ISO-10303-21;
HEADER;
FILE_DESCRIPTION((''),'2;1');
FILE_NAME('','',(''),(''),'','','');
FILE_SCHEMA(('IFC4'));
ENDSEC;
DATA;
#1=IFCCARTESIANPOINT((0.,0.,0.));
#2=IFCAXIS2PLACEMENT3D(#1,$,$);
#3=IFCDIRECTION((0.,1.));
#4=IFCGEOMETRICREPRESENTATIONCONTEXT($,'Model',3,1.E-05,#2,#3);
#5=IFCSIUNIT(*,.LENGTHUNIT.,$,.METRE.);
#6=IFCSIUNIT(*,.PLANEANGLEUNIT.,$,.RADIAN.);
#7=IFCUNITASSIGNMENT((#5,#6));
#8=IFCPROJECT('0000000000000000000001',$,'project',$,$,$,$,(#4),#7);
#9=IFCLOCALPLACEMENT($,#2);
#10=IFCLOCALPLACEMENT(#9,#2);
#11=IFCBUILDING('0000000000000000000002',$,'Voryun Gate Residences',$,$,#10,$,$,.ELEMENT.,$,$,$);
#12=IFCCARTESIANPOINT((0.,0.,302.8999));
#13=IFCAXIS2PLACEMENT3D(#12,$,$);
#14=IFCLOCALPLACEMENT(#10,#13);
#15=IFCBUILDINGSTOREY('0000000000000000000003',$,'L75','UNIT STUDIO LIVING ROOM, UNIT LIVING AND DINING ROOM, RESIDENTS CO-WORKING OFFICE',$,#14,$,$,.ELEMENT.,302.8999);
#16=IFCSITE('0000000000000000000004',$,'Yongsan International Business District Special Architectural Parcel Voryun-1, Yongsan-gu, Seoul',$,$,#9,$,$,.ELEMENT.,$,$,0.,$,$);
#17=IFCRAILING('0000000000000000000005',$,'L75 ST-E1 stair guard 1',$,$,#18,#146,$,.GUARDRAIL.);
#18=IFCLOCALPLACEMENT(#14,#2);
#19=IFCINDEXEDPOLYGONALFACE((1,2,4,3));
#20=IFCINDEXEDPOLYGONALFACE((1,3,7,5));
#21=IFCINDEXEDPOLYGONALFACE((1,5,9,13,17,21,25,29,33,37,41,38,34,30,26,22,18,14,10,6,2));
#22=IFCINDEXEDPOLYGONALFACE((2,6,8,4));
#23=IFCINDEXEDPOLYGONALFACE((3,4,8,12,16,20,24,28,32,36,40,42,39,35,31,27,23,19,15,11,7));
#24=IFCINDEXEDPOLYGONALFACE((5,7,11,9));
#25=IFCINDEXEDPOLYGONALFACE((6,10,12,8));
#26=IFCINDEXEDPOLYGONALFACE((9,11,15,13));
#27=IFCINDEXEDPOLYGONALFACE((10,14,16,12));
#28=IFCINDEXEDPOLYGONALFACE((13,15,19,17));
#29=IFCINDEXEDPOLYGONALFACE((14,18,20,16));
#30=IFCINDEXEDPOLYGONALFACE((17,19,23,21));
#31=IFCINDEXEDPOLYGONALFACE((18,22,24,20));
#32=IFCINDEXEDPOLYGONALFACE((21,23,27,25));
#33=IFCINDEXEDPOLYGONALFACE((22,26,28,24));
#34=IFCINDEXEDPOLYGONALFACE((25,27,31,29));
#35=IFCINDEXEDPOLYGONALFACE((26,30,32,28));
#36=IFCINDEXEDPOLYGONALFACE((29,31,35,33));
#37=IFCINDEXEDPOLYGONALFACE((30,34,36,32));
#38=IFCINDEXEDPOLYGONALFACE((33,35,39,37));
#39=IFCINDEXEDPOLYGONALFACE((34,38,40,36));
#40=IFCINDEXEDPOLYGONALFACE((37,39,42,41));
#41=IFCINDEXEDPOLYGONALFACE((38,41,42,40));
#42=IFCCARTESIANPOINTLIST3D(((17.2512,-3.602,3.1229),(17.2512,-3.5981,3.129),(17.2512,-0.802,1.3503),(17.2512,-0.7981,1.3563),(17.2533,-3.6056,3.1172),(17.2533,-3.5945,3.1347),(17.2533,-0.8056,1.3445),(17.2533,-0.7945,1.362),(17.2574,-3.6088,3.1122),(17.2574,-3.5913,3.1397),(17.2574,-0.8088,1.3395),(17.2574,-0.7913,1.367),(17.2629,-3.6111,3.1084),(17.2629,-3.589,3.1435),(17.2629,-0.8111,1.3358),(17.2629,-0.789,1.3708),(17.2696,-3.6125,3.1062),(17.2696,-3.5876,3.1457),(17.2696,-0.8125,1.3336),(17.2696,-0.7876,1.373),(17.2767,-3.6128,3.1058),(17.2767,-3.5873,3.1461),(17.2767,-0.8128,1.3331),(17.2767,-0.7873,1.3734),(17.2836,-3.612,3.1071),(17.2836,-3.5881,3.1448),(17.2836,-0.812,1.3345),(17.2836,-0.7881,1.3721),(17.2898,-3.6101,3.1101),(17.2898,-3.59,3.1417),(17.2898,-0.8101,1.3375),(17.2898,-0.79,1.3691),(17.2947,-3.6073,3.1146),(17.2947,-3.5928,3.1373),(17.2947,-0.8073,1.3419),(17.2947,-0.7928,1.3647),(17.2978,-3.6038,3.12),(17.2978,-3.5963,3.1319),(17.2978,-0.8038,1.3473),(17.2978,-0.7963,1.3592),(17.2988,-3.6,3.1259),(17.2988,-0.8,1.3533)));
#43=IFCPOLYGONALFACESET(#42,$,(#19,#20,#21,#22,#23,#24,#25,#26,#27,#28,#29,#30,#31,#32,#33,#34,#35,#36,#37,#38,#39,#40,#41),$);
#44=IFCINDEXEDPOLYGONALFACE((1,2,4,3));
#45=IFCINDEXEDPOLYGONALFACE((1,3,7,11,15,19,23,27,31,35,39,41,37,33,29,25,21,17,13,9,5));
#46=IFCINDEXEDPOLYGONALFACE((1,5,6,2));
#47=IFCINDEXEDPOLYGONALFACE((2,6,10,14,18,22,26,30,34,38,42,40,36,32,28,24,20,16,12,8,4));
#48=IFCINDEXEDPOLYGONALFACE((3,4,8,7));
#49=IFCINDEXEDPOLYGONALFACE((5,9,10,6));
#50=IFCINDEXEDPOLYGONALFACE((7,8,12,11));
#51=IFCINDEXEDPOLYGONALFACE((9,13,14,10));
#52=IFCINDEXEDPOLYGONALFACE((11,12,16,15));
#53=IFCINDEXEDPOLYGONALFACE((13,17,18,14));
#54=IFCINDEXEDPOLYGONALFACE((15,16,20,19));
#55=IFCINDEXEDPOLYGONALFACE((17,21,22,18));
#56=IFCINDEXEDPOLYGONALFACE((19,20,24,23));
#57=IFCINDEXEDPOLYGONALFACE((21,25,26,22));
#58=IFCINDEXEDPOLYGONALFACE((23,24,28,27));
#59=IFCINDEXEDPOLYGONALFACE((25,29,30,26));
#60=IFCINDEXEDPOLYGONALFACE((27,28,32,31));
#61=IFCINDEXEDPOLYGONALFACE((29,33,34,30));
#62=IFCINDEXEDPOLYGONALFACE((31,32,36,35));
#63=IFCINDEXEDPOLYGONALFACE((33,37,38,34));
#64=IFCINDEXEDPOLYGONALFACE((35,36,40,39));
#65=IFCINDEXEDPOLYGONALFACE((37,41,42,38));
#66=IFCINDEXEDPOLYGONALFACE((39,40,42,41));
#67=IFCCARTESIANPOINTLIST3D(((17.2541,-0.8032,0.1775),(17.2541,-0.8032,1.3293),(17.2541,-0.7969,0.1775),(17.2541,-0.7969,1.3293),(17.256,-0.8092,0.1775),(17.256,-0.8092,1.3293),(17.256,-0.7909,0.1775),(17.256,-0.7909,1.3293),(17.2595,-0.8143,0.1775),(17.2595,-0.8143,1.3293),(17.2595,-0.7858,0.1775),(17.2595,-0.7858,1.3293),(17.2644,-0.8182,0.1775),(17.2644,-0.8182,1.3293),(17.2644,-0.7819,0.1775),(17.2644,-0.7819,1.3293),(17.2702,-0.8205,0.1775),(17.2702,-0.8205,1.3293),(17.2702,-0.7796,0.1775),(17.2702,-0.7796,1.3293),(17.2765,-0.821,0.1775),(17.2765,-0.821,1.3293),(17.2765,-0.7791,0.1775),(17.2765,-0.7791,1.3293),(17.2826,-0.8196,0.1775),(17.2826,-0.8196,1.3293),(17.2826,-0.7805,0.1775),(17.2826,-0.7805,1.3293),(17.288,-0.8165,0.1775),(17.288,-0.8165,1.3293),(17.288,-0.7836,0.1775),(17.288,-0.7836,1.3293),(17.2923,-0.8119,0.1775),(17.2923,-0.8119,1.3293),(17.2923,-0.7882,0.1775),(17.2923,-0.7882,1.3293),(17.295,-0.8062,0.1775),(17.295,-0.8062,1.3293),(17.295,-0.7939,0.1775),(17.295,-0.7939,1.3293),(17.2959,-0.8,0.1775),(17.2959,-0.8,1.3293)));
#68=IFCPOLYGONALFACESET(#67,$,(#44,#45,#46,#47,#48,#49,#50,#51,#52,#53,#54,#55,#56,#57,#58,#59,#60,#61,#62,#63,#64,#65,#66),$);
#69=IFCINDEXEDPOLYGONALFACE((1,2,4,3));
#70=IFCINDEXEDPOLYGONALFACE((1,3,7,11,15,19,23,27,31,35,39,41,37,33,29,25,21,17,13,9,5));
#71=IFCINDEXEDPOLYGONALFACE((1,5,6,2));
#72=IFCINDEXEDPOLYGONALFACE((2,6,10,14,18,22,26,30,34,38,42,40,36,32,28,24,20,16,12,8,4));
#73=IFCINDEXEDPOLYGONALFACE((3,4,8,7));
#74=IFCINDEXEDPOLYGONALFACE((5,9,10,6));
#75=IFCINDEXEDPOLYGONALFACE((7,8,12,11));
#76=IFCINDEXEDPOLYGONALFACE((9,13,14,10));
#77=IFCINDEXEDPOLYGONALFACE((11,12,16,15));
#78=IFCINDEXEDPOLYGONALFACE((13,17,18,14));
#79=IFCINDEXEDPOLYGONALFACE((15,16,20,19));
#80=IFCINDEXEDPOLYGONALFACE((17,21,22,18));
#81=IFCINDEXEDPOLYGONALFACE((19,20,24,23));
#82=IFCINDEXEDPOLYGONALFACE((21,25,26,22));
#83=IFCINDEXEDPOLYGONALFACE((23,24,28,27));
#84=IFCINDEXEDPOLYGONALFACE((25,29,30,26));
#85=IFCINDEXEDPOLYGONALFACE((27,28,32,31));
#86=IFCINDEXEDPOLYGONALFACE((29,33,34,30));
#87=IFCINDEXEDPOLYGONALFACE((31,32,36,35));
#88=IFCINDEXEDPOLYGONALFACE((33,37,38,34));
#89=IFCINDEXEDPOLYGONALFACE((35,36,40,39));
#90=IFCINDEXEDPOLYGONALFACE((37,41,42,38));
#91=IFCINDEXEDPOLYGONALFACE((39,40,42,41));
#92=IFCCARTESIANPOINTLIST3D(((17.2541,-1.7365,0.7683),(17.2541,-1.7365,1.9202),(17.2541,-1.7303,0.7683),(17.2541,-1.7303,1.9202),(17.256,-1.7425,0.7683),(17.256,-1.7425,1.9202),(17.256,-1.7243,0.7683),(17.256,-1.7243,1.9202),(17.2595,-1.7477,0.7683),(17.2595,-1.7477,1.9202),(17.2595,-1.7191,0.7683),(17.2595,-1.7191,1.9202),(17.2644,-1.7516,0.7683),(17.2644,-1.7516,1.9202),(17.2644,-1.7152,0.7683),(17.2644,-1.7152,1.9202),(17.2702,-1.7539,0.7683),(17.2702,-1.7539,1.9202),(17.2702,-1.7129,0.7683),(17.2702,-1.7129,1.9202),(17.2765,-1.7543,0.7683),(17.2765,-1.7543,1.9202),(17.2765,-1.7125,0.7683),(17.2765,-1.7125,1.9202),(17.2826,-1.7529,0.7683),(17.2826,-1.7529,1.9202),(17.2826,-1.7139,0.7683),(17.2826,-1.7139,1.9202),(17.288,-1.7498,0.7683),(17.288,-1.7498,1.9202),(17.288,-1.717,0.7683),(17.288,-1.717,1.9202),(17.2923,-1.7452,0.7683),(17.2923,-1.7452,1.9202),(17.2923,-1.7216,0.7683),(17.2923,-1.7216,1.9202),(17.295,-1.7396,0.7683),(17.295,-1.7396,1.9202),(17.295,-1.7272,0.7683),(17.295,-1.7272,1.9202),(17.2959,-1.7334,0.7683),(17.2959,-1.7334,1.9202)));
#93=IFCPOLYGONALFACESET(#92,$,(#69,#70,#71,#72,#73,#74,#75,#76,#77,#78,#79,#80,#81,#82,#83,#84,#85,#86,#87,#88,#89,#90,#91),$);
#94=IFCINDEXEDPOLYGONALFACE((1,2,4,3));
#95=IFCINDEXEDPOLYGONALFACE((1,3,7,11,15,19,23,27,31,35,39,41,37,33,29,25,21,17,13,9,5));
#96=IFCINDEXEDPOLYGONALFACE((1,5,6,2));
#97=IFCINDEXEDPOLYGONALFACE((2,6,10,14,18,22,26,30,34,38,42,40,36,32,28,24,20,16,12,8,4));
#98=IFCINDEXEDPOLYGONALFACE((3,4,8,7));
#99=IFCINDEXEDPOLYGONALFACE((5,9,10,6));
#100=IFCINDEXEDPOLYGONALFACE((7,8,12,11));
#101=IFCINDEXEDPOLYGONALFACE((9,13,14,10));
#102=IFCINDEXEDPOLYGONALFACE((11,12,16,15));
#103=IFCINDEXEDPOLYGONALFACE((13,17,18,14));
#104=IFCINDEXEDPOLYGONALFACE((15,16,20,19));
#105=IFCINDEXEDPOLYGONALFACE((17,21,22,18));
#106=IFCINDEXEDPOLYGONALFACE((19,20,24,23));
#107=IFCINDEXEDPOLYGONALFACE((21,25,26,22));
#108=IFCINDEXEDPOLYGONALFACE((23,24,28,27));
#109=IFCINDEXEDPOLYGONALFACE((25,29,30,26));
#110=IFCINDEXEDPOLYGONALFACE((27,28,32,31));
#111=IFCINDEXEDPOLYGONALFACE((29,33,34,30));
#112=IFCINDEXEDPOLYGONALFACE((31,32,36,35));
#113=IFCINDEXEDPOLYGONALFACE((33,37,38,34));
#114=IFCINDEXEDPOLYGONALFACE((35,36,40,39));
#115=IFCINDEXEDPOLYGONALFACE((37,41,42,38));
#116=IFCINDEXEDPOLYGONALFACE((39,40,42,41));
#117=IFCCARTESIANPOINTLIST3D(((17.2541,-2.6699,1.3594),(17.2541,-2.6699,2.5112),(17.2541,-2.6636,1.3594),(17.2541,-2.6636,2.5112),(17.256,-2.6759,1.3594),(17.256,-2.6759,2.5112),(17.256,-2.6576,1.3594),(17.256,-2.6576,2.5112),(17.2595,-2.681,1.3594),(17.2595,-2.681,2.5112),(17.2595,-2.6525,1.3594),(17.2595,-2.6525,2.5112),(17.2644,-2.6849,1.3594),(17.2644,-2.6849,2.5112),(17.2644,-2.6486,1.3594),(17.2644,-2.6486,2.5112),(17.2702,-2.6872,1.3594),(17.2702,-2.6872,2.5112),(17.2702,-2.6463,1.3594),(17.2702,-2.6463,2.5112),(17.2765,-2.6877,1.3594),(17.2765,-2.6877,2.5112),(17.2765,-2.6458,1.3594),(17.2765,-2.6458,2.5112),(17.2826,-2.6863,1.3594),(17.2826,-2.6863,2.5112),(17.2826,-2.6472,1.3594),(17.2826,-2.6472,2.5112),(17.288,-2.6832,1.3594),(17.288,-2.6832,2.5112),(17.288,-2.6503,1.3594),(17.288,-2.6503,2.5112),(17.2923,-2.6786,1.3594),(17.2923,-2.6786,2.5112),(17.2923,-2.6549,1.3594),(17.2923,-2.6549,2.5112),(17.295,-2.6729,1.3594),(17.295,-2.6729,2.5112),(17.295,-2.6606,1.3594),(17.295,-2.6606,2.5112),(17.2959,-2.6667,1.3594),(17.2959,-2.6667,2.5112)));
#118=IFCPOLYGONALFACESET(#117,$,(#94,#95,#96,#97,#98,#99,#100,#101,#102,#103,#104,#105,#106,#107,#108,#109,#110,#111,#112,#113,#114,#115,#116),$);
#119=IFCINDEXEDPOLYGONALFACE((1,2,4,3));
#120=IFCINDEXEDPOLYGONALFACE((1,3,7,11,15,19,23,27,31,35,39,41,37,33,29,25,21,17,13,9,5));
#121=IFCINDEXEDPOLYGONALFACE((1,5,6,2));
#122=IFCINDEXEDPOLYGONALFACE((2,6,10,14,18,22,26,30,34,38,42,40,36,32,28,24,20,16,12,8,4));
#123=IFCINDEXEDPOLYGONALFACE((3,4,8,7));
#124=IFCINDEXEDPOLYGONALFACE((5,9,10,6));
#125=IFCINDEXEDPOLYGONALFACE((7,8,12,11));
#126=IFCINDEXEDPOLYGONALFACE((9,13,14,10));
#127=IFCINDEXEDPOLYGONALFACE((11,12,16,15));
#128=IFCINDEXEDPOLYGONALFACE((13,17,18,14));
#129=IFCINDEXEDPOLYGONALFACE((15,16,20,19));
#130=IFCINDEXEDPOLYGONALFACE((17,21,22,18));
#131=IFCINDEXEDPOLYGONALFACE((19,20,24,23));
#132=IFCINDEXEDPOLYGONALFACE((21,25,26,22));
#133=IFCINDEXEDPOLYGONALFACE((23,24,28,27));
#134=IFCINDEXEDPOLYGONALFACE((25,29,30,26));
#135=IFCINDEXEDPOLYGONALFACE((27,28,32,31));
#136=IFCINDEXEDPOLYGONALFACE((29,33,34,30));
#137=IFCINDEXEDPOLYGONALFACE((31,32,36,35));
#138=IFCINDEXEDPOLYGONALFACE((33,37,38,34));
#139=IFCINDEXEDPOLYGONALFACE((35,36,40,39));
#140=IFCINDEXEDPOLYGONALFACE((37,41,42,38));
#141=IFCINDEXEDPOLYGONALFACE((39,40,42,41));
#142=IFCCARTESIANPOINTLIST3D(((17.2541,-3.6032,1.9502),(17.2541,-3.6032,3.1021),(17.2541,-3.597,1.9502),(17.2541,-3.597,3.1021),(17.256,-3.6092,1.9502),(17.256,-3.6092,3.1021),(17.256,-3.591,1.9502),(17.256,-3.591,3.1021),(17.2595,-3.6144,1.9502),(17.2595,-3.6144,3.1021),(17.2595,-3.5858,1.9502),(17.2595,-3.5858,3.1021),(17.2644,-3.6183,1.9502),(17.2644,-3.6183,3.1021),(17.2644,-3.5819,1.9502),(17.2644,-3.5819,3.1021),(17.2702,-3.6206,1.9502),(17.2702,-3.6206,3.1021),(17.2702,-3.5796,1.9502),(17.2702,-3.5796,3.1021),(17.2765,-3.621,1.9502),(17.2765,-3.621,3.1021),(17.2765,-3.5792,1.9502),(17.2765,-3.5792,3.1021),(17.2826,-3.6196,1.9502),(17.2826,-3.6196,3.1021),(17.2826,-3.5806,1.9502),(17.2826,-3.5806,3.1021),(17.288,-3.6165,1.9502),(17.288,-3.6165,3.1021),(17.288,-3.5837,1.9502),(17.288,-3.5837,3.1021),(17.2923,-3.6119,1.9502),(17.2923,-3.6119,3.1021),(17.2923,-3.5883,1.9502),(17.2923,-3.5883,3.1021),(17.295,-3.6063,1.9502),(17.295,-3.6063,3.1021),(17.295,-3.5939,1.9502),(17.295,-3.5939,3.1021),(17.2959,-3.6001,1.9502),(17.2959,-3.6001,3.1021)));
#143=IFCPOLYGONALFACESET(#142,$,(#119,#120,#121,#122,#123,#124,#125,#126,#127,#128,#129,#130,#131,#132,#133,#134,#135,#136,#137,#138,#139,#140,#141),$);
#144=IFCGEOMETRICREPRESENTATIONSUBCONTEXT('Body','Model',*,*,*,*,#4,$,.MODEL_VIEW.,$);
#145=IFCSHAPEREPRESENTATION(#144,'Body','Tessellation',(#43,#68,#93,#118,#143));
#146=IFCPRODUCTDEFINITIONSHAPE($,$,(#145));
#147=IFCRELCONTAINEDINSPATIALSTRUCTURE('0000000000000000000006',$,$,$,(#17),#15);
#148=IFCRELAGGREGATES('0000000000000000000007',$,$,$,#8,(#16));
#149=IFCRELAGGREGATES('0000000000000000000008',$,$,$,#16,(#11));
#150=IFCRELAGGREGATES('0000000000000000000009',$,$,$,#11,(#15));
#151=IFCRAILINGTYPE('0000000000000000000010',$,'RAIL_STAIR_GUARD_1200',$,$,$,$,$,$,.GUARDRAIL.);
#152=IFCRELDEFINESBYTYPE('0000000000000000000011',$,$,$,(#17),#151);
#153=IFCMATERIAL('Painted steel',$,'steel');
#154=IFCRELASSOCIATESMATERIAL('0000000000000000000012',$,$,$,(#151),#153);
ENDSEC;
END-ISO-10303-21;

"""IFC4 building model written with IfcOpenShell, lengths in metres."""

from ifc_helpers import new_model, si_unit, direction, frame, origin, origin_2d, place, context, subcontext, project, spatial, circle, extrude, material, type_object, element, save


model = new_model("IFC4")

# Units and contexts
model_context = context("Model", 3, precision=1e-05, world=origin(), true_north=direction((0.0, 1.0)))
body_context = subcontext(model_context, "Body", "Model", "MODEL_VIEW")
ifc_project = project(units=[si_unit("LENGTHUNIT", "METRE"), si_unit("PLANEANGLEUNIT", "RADIAN")], contexts=[model_context])

# Site, building, storey
site_placement = place(None, origin())
site = spatial("IfcSite", under=ifc_project, at=site_placement, Name="Yongsan International Business District Special Architectural Parcel Voryun-1, Yongsan-gu, Seoul", CompositionType="ELEMENT", RefElevation=0.0)
building_placement = place(site_placement, origin())
building = spatial("IfcBuilding", under=site, at=building_placement, Name="Voryun Gate Residences", CompositionType="ELEMENT")
storey_placement = place(building_placement, frame((0.0, 0.0, 302.8999)))
storey = spatial("IfcBuildingStorey", under=building, at=storey_placement, Name="L75", Description="UNIT STUDIO LIVING ROOM, UNIT LIVING AND DINING ROOM, RESIDENTS CO-WORKING OFFICE", CompositionType="ELEMENT", Elevation=302.8999)

# Railing
ifc_material_1 = material(Name="Painted steel", Category="steel")
railing_type_1 = type_object("IfcRailingType", Name="RAIL_STAIR_GUARD_1200", PredefinedType="GUARDRAIL", material=ifc_material_1)
railing_1_placement = place(storey_placement, frame((17.2749, -0.8, 0.1775)))
element("IfcRailing", 1, at=railing_1_placement, inside=storey, type_object=railing_type_1, Name="L75 ST-E1 stair guard 1", PredefinedType="GUARDRAIL", context=body_context, shape_type="SweptSolid", body=[
    extrude(circle(Radius=0.0239, at=origin_2d()), frame((0.0, 0.0, 1.1758), z_axis=(0.0, -0.844909, 0.53491), x_axis=(1.0, 0.0, 0.0)), (0.0, 0.0, 1.0), 3.314),
    extrude(circle(Radius=0.021, at=origin_2d()), origin(), (0.0, 0.0, 1.0), 1.1519),
    extrude(circle(Radius=0.021, at=origin_2d()), frame((0.0, -0.9333, 0.5908)), (0.0, 0.0, 1.0), 1.1519),
    extrude(circle(Radius=0.021, at=origin_2d()), frame((0.0, -1.8667, 1.1819)), (0.0, 0.0, 1.0), 1.1519),
    extrude(circle(Radius=0.021, at=origin_2d()), frame((0.0, -2.8, 1.7727)), (0.0, 0.0, 1.0), 1.1519),
])

save(model, "model.ifc")
